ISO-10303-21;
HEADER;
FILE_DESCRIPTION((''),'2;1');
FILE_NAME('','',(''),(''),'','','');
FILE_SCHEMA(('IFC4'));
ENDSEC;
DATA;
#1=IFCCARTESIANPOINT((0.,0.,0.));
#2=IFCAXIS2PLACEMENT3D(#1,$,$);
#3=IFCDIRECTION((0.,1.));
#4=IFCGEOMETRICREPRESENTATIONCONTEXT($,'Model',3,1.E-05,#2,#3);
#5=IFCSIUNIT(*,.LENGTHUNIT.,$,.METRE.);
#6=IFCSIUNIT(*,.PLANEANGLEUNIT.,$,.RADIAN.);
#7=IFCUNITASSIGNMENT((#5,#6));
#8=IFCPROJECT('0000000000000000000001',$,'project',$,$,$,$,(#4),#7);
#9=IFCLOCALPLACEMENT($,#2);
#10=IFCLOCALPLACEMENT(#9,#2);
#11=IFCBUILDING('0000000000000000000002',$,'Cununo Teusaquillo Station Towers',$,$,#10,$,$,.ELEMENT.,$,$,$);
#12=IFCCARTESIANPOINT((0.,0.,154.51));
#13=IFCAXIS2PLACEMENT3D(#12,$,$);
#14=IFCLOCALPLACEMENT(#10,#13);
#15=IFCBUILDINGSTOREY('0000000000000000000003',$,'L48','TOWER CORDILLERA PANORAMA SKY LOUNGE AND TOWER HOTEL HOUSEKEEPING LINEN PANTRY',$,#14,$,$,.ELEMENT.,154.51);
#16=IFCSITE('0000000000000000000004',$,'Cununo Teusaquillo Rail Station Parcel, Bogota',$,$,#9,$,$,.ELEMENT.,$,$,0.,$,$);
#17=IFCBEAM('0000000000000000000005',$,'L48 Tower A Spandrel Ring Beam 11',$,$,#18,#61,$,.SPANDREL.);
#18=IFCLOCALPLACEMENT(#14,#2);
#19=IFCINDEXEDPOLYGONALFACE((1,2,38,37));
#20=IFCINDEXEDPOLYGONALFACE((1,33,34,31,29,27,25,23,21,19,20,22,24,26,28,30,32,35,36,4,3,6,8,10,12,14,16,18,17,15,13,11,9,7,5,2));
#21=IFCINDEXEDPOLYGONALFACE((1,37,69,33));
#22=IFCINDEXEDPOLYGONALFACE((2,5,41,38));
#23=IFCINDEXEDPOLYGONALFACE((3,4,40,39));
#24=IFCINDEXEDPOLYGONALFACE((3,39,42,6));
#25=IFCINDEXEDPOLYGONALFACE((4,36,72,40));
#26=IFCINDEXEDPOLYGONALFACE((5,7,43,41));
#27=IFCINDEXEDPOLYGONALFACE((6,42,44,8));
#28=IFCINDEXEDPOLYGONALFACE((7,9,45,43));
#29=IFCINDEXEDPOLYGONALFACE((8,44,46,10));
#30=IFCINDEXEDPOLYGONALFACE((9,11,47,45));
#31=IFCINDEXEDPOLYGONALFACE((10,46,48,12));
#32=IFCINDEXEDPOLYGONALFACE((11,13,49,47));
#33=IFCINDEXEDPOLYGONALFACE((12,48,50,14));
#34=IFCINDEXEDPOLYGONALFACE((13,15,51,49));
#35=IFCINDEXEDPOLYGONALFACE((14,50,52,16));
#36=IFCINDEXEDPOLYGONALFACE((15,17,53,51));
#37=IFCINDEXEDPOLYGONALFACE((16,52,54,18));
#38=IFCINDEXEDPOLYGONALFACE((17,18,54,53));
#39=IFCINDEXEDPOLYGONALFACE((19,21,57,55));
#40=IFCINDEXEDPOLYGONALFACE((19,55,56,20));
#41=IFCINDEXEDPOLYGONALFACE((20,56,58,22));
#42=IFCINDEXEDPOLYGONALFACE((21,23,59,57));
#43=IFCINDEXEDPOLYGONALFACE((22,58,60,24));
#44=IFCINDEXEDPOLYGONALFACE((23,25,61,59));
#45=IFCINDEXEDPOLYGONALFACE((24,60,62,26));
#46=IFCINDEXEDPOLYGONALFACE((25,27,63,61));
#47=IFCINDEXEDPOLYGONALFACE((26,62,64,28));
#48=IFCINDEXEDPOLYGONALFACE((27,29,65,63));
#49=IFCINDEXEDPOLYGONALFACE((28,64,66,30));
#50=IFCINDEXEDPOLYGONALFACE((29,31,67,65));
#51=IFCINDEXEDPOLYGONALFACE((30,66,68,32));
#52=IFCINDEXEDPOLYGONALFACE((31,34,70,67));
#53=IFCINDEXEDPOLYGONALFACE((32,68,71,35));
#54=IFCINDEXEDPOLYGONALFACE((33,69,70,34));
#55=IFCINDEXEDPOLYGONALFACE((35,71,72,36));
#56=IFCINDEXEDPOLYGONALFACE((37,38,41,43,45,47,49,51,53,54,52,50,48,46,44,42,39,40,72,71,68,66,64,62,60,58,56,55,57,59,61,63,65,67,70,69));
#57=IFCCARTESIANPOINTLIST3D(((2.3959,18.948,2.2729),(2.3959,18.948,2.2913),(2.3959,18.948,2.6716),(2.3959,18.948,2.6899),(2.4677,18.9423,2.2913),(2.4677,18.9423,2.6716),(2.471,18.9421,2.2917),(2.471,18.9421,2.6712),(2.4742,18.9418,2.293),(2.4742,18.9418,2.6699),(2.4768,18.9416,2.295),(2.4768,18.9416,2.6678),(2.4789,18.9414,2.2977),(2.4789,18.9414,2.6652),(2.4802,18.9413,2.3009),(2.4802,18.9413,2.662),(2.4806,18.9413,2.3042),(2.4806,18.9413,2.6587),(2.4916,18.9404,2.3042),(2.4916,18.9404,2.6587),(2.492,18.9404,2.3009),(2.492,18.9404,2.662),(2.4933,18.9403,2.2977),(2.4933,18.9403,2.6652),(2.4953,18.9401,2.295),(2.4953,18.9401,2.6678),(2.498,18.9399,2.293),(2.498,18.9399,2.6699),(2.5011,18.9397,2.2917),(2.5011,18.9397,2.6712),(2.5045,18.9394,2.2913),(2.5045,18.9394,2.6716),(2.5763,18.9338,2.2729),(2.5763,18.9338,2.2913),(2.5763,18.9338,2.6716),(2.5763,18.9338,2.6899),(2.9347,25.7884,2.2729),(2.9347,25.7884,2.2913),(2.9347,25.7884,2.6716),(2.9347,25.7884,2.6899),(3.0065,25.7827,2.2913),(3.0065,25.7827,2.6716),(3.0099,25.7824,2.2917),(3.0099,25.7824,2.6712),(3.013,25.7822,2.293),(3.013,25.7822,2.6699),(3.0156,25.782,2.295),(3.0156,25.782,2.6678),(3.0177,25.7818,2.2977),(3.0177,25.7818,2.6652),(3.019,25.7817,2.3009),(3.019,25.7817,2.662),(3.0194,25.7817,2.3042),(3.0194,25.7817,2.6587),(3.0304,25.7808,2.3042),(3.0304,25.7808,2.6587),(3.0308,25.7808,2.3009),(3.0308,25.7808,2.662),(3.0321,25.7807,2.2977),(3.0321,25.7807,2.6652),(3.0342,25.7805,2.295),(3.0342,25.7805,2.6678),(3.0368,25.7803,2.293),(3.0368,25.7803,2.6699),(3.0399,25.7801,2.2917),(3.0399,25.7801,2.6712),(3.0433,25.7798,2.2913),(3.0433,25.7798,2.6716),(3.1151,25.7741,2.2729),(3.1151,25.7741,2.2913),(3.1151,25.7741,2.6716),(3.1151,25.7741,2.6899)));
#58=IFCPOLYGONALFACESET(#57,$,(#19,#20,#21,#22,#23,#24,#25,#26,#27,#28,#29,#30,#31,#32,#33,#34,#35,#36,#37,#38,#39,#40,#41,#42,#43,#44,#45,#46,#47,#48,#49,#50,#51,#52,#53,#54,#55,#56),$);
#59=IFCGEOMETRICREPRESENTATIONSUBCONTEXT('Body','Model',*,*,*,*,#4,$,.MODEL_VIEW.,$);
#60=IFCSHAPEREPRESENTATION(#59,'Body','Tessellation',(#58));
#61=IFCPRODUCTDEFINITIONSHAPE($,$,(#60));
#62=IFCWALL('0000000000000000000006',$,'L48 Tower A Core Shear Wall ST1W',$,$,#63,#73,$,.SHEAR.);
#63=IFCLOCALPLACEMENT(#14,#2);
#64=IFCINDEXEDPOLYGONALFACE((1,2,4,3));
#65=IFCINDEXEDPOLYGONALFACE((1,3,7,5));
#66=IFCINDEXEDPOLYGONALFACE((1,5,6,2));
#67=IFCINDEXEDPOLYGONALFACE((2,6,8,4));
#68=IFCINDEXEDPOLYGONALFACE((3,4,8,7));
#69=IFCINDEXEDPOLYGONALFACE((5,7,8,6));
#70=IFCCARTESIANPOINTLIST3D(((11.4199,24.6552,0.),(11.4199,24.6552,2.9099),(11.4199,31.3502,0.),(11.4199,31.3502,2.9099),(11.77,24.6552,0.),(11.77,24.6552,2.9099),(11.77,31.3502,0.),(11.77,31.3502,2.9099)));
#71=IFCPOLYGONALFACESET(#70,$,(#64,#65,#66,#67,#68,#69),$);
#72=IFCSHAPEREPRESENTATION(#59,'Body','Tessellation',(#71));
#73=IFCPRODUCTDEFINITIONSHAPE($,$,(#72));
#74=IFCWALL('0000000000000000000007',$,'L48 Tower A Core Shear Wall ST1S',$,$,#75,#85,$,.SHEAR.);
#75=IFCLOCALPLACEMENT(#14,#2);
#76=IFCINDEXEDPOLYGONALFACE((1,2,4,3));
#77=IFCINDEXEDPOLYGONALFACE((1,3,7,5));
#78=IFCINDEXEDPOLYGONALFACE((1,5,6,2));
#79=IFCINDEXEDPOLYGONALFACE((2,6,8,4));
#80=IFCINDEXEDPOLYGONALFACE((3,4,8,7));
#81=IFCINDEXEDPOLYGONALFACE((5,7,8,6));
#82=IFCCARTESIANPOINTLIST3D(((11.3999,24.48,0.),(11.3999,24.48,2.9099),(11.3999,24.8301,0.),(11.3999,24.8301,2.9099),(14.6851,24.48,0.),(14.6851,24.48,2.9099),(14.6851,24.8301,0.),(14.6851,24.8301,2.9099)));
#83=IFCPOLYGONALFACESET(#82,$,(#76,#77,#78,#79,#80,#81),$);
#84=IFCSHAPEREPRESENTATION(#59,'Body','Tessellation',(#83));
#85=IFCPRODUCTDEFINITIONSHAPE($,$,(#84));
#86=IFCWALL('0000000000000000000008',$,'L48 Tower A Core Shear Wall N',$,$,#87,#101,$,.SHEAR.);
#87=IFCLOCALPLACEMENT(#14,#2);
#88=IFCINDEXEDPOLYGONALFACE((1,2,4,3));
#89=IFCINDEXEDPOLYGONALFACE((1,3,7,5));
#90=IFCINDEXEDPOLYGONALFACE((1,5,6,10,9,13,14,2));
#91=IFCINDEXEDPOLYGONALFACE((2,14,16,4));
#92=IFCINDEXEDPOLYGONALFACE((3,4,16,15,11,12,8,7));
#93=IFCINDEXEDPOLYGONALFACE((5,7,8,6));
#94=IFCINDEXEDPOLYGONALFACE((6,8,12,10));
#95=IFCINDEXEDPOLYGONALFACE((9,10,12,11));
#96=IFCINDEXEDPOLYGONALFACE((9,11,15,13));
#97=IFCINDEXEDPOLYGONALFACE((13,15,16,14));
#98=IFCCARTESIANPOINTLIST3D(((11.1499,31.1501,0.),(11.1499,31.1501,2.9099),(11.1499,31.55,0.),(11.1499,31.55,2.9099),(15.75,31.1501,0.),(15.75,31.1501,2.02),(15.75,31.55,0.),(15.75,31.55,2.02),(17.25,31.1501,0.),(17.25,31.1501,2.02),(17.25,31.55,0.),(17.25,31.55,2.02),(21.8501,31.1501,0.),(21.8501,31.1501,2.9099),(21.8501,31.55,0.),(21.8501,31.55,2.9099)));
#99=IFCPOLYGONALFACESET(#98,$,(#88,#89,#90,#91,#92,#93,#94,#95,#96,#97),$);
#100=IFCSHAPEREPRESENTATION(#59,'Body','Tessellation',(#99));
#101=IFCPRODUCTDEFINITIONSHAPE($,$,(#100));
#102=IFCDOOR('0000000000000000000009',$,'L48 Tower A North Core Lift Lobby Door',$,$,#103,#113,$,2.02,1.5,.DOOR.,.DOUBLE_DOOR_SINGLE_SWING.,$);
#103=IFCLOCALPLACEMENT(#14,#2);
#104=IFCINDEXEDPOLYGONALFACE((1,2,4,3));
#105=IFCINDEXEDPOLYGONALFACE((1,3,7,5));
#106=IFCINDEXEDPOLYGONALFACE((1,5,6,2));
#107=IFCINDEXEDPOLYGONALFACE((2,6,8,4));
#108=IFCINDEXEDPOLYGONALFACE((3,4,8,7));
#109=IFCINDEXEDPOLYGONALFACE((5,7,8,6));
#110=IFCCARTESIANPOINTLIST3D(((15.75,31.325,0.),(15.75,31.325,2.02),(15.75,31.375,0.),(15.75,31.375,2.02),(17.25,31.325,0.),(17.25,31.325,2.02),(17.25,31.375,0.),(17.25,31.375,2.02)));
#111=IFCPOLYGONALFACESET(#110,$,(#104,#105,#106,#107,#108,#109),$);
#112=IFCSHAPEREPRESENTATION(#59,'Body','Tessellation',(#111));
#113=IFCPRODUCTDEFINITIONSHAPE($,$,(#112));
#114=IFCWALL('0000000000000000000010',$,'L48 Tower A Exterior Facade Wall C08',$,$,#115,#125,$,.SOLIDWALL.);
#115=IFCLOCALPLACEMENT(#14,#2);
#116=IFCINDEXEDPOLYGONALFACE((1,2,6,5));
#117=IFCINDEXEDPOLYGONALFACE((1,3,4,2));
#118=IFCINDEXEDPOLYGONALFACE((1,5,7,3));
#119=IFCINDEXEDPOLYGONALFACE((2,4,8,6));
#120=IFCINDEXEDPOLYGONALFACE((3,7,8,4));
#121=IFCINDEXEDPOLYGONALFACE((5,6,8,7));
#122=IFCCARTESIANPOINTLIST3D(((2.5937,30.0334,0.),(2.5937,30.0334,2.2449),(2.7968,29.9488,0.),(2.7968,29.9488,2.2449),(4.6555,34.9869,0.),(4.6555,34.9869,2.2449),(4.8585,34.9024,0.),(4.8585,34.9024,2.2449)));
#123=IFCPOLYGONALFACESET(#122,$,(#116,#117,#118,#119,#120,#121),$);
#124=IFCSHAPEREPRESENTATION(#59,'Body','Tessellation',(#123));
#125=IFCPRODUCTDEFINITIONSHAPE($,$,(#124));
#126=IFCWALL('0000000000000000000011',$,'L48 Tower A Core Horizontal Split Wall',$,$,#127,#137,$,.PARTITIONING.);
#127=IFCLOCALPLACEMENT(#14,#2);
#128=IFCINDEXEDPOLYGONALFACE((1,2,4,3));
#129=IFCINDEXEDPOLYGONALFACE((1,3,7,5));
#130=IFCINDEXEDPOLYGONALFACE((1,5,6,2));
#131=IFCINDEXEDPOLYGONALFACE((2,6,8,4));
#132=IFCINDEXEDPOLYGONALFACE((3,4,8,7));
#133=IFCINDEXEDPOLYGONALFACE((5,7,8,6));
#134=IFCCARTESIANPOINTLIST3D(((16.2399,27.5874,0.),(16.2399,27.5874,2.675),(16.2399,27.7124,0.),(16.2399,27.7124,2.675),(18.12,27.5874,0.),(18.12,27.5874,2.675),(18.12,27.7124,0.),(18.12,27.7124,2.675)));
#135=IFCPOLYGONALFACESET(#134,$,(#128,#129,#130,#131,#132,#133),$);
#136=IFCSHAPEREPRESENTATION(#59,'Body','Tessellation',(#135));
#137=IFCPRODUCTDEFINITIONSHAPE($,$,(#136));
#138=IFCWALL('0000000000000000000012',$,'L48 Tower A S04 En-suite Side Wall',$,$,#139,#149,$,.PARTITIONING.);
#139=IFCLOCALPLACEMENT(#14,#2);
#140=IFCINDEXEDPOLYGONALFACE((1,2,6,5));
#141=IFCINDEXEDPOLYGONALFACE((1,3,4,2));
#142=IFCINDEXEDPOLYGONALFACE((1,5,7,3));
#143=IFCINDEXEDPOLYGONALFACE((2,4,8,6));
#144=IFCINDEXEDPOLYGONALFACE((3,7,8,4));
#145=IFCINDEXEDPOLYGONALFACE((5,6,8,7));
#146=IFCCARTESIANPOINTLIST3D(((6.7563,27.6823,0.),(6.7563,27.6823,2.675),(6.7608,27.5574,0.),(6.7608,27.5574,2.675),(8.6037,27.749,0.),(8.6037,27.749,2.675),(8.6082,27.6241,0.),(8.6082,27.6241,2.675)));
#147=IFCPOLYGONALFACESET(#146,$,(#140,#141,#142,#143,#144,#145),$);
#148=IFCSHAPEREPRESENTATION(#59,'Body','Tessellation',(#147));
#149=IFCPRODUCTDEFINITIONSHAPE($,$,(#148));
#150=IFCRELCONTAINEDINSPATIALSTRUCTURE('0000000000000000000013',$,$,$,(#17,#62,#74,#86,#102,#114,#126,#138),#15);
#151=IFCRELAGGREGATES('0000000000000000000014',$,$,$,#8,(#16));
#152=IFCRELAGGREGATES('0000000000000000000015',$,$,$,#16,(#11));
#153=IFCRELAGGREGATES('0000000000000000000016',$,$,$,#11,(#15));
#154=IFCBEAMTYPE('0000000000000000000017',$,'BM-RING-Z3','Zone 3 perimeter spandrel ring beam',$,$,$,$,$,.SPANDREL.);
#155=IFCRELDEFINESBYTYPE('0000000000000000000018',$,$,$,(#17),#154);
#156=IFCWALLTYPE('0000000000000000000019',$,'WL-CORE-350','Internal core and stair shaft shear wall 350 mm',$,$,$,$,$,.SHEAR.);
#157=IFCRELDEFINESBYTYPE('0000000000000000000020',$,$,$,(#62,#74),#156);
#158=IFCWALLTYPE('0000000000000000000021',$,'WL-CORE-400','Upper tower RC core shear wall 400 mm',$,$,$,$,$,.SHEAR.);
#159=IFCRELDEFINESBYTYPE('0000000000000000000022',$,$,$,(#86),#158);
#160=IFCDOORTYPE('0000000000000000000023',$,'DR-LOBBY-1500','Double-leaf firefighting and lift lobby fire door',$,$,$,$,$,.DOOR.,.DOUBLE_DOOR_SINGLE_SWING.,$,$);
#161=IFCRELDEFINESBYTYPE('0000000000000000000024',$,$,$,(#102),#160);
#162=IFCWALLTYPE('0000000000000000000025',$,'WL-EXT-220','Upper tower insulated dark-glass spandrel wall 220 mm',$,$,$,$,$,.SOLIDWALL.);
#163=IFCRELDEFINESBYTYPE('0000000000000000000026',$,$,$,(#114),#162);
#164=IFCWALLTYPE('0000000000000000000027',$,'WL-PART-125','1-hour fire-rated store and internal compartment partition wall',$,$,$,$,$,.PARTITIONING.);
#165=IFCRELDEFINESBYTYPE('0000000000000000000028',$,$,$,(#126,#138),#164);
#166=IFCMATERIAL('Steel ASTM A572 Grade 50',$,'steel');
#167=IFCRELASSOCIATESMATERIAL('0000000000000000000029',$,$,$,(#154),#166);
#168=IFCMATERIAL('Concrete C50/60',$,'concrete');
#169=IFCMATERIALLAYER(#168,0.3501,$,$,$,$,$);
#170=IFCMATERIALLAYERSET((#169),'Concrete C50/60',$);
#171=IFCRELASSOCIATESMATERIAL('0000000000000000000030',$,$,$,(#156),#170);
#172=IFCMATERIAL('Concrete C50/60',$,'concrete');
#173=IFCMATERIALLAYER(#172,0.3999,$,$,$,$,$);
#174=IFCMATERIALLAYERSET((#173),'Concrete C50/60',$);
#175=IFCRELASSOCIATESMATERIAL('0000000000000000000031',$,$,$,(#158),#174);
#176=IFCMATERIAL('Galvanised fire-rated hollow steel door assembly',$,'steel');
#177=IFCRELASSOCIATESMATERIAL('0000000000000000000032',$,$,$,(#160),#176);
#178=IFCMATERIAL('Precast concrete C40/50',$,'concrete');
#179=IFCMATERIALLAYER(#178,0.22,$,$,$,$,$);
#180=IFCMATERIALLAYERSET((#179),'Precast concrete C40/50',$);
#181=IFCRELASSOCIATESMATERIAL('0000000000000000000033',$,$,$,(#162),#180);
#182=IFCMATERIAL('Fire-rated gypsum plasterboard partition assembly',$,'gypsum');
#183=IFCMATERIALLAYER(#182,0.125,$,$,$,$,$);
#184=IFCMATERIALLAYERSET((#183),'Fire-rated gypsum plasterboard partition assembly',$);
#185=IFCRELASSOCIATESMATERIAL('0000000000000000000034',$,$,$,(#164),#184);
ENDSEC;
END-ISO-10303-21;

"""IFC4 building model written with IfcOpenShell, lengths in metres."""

from ifc_helpers import new_model, si_unit, direction, frame, frame_2d, origin, origin_2d, place, context, subcontext, project, spatial, rectangle, i_section, extrude, source, transform, mapped, material, layer, layer_set, material_profile, profile_set, type_object, element, fill, save


model = new_model("IFC4")

# Units and contexts
model_context = context("Model", 3, precision=1e-05, world=origin(), true_north=direction((0.0, 1.0)))
body_context = subcontext(model_context, "Body", "Model", "MODEL_VIEW")
ifc_project = project(units=[si_unit("LENGTHUNIT", "METRE"), si_unit("PLANEANGLEUNIT", "RADIAN")], contexts=[model_context])

# Site, building, storey
site_placement = place(None, origin())
site = spatial("IfcSite", under=ifc_project, at=site_placement, Name="Cununo Teusaquillo Rail Station Parcel, Bogota", CompositionType="ELEMENT", RefElevation=0.0)
building_placement = place(site_placement, origin())
building = spatial("IfcBuilding", under=site, at=building_placement, Name="Cununo Teusaquillo Station Towers", CompositionType="ELEMENT")
storey_placement = place(building_placement, frame((0.0, 0.0, 154.51)))
storey = spatial("IfcBuildingStorey", under=building, at=storey_placement, Name="L48", Description="TOWER CORDILLERA PANORAMA SKY LOUNGE AND TOWER HOTEL HOUSEKEEPING LINEN PANTRY", CompositionType="ELEMENT", Elevation=154.51)

# Beam
ifc_material_1 = material(Name="Steel ASTM A572 Grade 50", Category="steel")
ifc_material_profile_1 = material_profile(ifc_material_1, i_section(OverallWidth=0.1809, OverallDepth=0.417, WebThickness=0.011, FlangeThickness=0.0183, FilletRadius=0.0129, at=origin_2d()), Name="W16X57")
ifc_profile_set_1 = profile_set([ifc_material_profile_1], Name="Steel ASTM A572 Grade 50")
beam_type_1 = type_object("IfcBeamType", Name="BM-RING-Z3", Description="Zone 3 perimeter spandrel ring beam", PredefinedType="SPANDREL", material=ifc_profile_set_1)
beam_1_placement = place(storey_placement, frame((3.0249, 25.7812, 2.4814), z_axis=(-0.078528, -0.996912, 0.0), x_axis=(0.996912, -0.078528, 0.0)))
element("IfcBeam", 1, at=beam_1_placement, inside=storey, type_object=beam_type_1, Name="L48 Tower A Spandrel Ring Beam 11", PredefinedType="SPANDREL", context=body_context, shape_type="SweptSolid", body=[
    extrude(i_section(OverallWidth=0.1809, OverallDepth=0.417, WebThickness=0.011, FlangeThickness=0.0183, FilletRadius=0.0129, at=origin_2d()), origin(), (0.0, 0.0, 1.0), 6.8616),
])

# Walls
ifc_material_2 = material(Name="Concrete C50/60", Category="concrete")
ifc_layer_1 = layer(ifc_material_2, 0.3501)
ifc_layer_set_1 = layer_set([ifc_layer_1], Name="Concrete C50/60")
wall_type_1 = type_object("IfcWallType", Name="WL-CORE-350", Description="Internal core and stair shaft shear wall 350 mm", PredefinedType="SHEAR", material=ifc_layer_set_1)
wall_1_placement = place(storey_placement, frame((11.595, 24.655, 0.0), z_axis=(0.0, 0.0, 1.0), x_axis=(0.0, 1.0, 0.0)))
element("IfcWall", 2, at=wall_1_placement, inside=storey, type_object=wall_type_1, Name="L48 Tower A Core Shear Wall ST1W", PredefinedType="SHEAR", context=body_context, shape_type="SweptSolid", body=[
    extrude(rectangle(XDim=6.6951, YDim=0.3501, at=frame_2d((3.3477, 0.0))), origin(), (0.0, 0.0, 1.0), 2.9099),
])
wall_2_placement = place(storey_placement, frame((11.3999, 24.655, 0.0), z_axis=(0.0, 0.0, 1.0), x_axis=(1.0, 0.0, 0.0)))
element("IfcWall", 3, at=wall_2_placement, inside=storey, type_object=wall_type_1, Name="L48 Tower A Core Shear Wall ST1S", PredefinedType="SHEAR", context=body_context, shape_type="SweptSolid", body=[
    extrude(rectangle(XDim=3.2852, YDim=0.3501, at=frame_2d((1.6426, 0.0))), origin(), (0.0, 0.0, 1.0), 2.9099),
])

# Wall, opening, door
ifc_material_3 = material(Name="Concrete C50/60", Category="concrete")
ifc_layer_2 = layer(ifc_material_3, 0.3999)
ifc_layer_set_2 = layer_set([ifc_layer_2], Name="Concrete C50/60")
wall_type_2 = type_object("IfcWallType", Name="WL-CORE-400", Description="Upper tower RC core shear wall 400 mm", PredefinedType="SHEAR", material=ifc_layer_set_2)
wall_3_placement = place(storey_placement, frame((11.1499, 31.3501, 0.0), z_axis=(0.0, 0.0, 1.0), x_axis=(1.0, 0.0, 0.0)))
wall_3 = element("IfcWall", 4, at=wall_3_placement, inside=storey, type_object=wall_type_2, Name="L48 Tower A Core Shear Wall N", PredefinedType="SHEAR", context=body_context, shape_type="SweptSolid", body=[
    extrude(rectangle(XDim=10.7002, YDim=0.3999, at=frame_2d((5.3501, 0.0))), origin(), (0.0, 0.0, 1.0), 2.9099),
])
shared_shape_1 = source(origin(), body_context, "Body", "SweptSolid", [
    extrude(rectangle(XDim=1.5, YDim=2.02, at=frame_2d((0.75, 1.01))), frame((0.0, 0.21, 0.0), z_axis=(0.0, -1.0, 0.0), x_axis=(1.0, 0.0, 0.0)), (0.0, 0.0, 1.0), 0.4199),
])
opening_1_placement = place(wall_3_placement, frame((4.6001, 0.0, 0.0)))
opening_1 = element("IfcOpeningElement", 5, at=opening_1_placement, cuts=wall_3, PredefinedType="OPENING", context=body_context, shape_type="MappedRepresentation", body=[
    mapped(shared_shape_1, transform((0.0, 0.0, 0.0), x_axis=(1.0, 0.0, 0.0), y_axis=(0.0, 1.0, 0.0), z_axis=(0.0, 0.0, 1.0), scale=1.0)),
])
ifc_material_4 = material(Name="Galvanised fire-rated hollow steel door assembly", Category="steel")
door_type_1 = type_object("IfcDoorType", Name="DR-LOBBY-1500", Description="Double-leaf firefighting and lift lobby fire door", OperationType="DOUBLE_DOOR_SINGLE_SWING", PredefinedType="DOOR", material=ifc_material_4)
shared_shape_2 = source(origin(), body_context, "Body", "SweptSolid", [
    extrude(rectangle(XDim=1.5, YDim=2.02, at=frame_2d((0.75, 1.01))), frame((0.0, 0.0249, 0.0), z_axis=(0.0, -1.0, 0.0), x_axis=(1.0, 0.0, 0.0)), (0.0, 0.0, 1.0), 0.05),
])
door_1_placement = place(opening_1_placement, origin())
door_1 = element("IfcDoor", 6, at=door_1_placement, inside=storey, type_object=door_type_1, Name="L48 Tower A North Core Lift Lobby Door", OperationType="DOUBLE_DOOR_SINGLE_SWING", OverallHeight=2.02, OverallWidth=1.5, PredefinedType="DOOR", context=body_context, shape_type="MappedRepresentation", body=[
    mapped(shared_shape_2, transform((0.0, 0.0, 0.0), x_axis=(1.0, 0.0, 0.0), y_axis=(0.0, 1.0, 0.0), z_axis=(0.0, 0.0, 1.0), scale=1.0)),
])
fill(opening_1, door_1)

# Walls
ifc_material_5 = material(Name="Precast concrete C40/50", Category="concrete")
ifc_layer_3 = layer(ifc_material_5, 0.22)
ifc_layer_set_3 = layer_set([ifc_layer_3], Name="Precast concrete C40/50")
wall_type_3 = type_object("IfcWallType", Name="WL-EXT-220", Description="Upper tower insulated dark-glass spandrel wall 220 mm", PredefinedType="SOLIDWALL", material=ifc_layer_set_3)
wall_4_placement = place(storey_placement, frame((2.6953, 29.9912, 0.0), z_axis=(0.0, 0.0, 1.0), x_axis=(0.38426, 0.923225, 0.0)))
element("IfcWall", 7, at=wall_4_placement, inside=storey, type_object=wall_type_3, Name="L48 Tower A Exterior Facade Wall C08", PredefinedType="SOLIDWALL", context=body_context, shape_type="SweptSolid", body=[
    extrude(rectangle(XDim=5.3655, YDim=0.22, at=frame_2d((2.6826, 0.0))), origin(), (0.0, 0.0, 1.0), 2.2449),
])
ifc_material_6 = material(Name="Fire-rated gypsum plasterboard partition assembly", Category="gypsum")
ifc_layer_4 = layer(ifc_material_6, 0.125)
ifc_layer_set_4 = layer_set([ifc_layer_4], Name="Fire-rated gypsum plasterboard partition assembly")
wall_type_4 = type_object("IfcWallType", Name="WL-PART-125", Description="1-hour fire-rated store and internal compartment partition wall", PredefinedType="PARTITIONING", material=ifc_layer_set_4)
wall_5_placement = place(storey_placement, frame((16.24, 27.6499, 0.0), z_axis=(0.0, 0.0, 1.0), x_axis=(1.0, 0.0, 0.0)))
element("IfcWall", 8, at=wall_5_placement, inside=storey, type_object=wall_type_4, Name="L48 Tower A Core Horizontal Split Wall", PredefinedType="PARTITIONING", context=body_context, shape_type="SweptSolid", body=[
    extrude(rectangle(XDim=1.8801, YDim=0.125, at=frame_2d((0.9399, 0.0))), origin(), (0.0, 0.0, 1.0), 2.675),
])
wall_6_placement = place(storey_placement, frame((8.606, 27.6865, 0.0), z_axis=(0.0, 0.0, 1.0), x_axis=(-0.99935, -0.036054, 0.0)))
element("IfcWall", 9, at=wall_6_placement, inside=storey, type_object=wall_type_4, Name="L48 Tower A S04 En-suite Side Wall", PredefinedType="PARTITIONING", context=body_context, shape_type="SweptSolid", body=[
    extrude(rectangle(XDim=1.8486, YDim=0.125, at=frame_2d((0.9243, 0.0))), origin(), (0.0, 0.0, 1.0), 2.675),
])

save(model, "model.ifc")
